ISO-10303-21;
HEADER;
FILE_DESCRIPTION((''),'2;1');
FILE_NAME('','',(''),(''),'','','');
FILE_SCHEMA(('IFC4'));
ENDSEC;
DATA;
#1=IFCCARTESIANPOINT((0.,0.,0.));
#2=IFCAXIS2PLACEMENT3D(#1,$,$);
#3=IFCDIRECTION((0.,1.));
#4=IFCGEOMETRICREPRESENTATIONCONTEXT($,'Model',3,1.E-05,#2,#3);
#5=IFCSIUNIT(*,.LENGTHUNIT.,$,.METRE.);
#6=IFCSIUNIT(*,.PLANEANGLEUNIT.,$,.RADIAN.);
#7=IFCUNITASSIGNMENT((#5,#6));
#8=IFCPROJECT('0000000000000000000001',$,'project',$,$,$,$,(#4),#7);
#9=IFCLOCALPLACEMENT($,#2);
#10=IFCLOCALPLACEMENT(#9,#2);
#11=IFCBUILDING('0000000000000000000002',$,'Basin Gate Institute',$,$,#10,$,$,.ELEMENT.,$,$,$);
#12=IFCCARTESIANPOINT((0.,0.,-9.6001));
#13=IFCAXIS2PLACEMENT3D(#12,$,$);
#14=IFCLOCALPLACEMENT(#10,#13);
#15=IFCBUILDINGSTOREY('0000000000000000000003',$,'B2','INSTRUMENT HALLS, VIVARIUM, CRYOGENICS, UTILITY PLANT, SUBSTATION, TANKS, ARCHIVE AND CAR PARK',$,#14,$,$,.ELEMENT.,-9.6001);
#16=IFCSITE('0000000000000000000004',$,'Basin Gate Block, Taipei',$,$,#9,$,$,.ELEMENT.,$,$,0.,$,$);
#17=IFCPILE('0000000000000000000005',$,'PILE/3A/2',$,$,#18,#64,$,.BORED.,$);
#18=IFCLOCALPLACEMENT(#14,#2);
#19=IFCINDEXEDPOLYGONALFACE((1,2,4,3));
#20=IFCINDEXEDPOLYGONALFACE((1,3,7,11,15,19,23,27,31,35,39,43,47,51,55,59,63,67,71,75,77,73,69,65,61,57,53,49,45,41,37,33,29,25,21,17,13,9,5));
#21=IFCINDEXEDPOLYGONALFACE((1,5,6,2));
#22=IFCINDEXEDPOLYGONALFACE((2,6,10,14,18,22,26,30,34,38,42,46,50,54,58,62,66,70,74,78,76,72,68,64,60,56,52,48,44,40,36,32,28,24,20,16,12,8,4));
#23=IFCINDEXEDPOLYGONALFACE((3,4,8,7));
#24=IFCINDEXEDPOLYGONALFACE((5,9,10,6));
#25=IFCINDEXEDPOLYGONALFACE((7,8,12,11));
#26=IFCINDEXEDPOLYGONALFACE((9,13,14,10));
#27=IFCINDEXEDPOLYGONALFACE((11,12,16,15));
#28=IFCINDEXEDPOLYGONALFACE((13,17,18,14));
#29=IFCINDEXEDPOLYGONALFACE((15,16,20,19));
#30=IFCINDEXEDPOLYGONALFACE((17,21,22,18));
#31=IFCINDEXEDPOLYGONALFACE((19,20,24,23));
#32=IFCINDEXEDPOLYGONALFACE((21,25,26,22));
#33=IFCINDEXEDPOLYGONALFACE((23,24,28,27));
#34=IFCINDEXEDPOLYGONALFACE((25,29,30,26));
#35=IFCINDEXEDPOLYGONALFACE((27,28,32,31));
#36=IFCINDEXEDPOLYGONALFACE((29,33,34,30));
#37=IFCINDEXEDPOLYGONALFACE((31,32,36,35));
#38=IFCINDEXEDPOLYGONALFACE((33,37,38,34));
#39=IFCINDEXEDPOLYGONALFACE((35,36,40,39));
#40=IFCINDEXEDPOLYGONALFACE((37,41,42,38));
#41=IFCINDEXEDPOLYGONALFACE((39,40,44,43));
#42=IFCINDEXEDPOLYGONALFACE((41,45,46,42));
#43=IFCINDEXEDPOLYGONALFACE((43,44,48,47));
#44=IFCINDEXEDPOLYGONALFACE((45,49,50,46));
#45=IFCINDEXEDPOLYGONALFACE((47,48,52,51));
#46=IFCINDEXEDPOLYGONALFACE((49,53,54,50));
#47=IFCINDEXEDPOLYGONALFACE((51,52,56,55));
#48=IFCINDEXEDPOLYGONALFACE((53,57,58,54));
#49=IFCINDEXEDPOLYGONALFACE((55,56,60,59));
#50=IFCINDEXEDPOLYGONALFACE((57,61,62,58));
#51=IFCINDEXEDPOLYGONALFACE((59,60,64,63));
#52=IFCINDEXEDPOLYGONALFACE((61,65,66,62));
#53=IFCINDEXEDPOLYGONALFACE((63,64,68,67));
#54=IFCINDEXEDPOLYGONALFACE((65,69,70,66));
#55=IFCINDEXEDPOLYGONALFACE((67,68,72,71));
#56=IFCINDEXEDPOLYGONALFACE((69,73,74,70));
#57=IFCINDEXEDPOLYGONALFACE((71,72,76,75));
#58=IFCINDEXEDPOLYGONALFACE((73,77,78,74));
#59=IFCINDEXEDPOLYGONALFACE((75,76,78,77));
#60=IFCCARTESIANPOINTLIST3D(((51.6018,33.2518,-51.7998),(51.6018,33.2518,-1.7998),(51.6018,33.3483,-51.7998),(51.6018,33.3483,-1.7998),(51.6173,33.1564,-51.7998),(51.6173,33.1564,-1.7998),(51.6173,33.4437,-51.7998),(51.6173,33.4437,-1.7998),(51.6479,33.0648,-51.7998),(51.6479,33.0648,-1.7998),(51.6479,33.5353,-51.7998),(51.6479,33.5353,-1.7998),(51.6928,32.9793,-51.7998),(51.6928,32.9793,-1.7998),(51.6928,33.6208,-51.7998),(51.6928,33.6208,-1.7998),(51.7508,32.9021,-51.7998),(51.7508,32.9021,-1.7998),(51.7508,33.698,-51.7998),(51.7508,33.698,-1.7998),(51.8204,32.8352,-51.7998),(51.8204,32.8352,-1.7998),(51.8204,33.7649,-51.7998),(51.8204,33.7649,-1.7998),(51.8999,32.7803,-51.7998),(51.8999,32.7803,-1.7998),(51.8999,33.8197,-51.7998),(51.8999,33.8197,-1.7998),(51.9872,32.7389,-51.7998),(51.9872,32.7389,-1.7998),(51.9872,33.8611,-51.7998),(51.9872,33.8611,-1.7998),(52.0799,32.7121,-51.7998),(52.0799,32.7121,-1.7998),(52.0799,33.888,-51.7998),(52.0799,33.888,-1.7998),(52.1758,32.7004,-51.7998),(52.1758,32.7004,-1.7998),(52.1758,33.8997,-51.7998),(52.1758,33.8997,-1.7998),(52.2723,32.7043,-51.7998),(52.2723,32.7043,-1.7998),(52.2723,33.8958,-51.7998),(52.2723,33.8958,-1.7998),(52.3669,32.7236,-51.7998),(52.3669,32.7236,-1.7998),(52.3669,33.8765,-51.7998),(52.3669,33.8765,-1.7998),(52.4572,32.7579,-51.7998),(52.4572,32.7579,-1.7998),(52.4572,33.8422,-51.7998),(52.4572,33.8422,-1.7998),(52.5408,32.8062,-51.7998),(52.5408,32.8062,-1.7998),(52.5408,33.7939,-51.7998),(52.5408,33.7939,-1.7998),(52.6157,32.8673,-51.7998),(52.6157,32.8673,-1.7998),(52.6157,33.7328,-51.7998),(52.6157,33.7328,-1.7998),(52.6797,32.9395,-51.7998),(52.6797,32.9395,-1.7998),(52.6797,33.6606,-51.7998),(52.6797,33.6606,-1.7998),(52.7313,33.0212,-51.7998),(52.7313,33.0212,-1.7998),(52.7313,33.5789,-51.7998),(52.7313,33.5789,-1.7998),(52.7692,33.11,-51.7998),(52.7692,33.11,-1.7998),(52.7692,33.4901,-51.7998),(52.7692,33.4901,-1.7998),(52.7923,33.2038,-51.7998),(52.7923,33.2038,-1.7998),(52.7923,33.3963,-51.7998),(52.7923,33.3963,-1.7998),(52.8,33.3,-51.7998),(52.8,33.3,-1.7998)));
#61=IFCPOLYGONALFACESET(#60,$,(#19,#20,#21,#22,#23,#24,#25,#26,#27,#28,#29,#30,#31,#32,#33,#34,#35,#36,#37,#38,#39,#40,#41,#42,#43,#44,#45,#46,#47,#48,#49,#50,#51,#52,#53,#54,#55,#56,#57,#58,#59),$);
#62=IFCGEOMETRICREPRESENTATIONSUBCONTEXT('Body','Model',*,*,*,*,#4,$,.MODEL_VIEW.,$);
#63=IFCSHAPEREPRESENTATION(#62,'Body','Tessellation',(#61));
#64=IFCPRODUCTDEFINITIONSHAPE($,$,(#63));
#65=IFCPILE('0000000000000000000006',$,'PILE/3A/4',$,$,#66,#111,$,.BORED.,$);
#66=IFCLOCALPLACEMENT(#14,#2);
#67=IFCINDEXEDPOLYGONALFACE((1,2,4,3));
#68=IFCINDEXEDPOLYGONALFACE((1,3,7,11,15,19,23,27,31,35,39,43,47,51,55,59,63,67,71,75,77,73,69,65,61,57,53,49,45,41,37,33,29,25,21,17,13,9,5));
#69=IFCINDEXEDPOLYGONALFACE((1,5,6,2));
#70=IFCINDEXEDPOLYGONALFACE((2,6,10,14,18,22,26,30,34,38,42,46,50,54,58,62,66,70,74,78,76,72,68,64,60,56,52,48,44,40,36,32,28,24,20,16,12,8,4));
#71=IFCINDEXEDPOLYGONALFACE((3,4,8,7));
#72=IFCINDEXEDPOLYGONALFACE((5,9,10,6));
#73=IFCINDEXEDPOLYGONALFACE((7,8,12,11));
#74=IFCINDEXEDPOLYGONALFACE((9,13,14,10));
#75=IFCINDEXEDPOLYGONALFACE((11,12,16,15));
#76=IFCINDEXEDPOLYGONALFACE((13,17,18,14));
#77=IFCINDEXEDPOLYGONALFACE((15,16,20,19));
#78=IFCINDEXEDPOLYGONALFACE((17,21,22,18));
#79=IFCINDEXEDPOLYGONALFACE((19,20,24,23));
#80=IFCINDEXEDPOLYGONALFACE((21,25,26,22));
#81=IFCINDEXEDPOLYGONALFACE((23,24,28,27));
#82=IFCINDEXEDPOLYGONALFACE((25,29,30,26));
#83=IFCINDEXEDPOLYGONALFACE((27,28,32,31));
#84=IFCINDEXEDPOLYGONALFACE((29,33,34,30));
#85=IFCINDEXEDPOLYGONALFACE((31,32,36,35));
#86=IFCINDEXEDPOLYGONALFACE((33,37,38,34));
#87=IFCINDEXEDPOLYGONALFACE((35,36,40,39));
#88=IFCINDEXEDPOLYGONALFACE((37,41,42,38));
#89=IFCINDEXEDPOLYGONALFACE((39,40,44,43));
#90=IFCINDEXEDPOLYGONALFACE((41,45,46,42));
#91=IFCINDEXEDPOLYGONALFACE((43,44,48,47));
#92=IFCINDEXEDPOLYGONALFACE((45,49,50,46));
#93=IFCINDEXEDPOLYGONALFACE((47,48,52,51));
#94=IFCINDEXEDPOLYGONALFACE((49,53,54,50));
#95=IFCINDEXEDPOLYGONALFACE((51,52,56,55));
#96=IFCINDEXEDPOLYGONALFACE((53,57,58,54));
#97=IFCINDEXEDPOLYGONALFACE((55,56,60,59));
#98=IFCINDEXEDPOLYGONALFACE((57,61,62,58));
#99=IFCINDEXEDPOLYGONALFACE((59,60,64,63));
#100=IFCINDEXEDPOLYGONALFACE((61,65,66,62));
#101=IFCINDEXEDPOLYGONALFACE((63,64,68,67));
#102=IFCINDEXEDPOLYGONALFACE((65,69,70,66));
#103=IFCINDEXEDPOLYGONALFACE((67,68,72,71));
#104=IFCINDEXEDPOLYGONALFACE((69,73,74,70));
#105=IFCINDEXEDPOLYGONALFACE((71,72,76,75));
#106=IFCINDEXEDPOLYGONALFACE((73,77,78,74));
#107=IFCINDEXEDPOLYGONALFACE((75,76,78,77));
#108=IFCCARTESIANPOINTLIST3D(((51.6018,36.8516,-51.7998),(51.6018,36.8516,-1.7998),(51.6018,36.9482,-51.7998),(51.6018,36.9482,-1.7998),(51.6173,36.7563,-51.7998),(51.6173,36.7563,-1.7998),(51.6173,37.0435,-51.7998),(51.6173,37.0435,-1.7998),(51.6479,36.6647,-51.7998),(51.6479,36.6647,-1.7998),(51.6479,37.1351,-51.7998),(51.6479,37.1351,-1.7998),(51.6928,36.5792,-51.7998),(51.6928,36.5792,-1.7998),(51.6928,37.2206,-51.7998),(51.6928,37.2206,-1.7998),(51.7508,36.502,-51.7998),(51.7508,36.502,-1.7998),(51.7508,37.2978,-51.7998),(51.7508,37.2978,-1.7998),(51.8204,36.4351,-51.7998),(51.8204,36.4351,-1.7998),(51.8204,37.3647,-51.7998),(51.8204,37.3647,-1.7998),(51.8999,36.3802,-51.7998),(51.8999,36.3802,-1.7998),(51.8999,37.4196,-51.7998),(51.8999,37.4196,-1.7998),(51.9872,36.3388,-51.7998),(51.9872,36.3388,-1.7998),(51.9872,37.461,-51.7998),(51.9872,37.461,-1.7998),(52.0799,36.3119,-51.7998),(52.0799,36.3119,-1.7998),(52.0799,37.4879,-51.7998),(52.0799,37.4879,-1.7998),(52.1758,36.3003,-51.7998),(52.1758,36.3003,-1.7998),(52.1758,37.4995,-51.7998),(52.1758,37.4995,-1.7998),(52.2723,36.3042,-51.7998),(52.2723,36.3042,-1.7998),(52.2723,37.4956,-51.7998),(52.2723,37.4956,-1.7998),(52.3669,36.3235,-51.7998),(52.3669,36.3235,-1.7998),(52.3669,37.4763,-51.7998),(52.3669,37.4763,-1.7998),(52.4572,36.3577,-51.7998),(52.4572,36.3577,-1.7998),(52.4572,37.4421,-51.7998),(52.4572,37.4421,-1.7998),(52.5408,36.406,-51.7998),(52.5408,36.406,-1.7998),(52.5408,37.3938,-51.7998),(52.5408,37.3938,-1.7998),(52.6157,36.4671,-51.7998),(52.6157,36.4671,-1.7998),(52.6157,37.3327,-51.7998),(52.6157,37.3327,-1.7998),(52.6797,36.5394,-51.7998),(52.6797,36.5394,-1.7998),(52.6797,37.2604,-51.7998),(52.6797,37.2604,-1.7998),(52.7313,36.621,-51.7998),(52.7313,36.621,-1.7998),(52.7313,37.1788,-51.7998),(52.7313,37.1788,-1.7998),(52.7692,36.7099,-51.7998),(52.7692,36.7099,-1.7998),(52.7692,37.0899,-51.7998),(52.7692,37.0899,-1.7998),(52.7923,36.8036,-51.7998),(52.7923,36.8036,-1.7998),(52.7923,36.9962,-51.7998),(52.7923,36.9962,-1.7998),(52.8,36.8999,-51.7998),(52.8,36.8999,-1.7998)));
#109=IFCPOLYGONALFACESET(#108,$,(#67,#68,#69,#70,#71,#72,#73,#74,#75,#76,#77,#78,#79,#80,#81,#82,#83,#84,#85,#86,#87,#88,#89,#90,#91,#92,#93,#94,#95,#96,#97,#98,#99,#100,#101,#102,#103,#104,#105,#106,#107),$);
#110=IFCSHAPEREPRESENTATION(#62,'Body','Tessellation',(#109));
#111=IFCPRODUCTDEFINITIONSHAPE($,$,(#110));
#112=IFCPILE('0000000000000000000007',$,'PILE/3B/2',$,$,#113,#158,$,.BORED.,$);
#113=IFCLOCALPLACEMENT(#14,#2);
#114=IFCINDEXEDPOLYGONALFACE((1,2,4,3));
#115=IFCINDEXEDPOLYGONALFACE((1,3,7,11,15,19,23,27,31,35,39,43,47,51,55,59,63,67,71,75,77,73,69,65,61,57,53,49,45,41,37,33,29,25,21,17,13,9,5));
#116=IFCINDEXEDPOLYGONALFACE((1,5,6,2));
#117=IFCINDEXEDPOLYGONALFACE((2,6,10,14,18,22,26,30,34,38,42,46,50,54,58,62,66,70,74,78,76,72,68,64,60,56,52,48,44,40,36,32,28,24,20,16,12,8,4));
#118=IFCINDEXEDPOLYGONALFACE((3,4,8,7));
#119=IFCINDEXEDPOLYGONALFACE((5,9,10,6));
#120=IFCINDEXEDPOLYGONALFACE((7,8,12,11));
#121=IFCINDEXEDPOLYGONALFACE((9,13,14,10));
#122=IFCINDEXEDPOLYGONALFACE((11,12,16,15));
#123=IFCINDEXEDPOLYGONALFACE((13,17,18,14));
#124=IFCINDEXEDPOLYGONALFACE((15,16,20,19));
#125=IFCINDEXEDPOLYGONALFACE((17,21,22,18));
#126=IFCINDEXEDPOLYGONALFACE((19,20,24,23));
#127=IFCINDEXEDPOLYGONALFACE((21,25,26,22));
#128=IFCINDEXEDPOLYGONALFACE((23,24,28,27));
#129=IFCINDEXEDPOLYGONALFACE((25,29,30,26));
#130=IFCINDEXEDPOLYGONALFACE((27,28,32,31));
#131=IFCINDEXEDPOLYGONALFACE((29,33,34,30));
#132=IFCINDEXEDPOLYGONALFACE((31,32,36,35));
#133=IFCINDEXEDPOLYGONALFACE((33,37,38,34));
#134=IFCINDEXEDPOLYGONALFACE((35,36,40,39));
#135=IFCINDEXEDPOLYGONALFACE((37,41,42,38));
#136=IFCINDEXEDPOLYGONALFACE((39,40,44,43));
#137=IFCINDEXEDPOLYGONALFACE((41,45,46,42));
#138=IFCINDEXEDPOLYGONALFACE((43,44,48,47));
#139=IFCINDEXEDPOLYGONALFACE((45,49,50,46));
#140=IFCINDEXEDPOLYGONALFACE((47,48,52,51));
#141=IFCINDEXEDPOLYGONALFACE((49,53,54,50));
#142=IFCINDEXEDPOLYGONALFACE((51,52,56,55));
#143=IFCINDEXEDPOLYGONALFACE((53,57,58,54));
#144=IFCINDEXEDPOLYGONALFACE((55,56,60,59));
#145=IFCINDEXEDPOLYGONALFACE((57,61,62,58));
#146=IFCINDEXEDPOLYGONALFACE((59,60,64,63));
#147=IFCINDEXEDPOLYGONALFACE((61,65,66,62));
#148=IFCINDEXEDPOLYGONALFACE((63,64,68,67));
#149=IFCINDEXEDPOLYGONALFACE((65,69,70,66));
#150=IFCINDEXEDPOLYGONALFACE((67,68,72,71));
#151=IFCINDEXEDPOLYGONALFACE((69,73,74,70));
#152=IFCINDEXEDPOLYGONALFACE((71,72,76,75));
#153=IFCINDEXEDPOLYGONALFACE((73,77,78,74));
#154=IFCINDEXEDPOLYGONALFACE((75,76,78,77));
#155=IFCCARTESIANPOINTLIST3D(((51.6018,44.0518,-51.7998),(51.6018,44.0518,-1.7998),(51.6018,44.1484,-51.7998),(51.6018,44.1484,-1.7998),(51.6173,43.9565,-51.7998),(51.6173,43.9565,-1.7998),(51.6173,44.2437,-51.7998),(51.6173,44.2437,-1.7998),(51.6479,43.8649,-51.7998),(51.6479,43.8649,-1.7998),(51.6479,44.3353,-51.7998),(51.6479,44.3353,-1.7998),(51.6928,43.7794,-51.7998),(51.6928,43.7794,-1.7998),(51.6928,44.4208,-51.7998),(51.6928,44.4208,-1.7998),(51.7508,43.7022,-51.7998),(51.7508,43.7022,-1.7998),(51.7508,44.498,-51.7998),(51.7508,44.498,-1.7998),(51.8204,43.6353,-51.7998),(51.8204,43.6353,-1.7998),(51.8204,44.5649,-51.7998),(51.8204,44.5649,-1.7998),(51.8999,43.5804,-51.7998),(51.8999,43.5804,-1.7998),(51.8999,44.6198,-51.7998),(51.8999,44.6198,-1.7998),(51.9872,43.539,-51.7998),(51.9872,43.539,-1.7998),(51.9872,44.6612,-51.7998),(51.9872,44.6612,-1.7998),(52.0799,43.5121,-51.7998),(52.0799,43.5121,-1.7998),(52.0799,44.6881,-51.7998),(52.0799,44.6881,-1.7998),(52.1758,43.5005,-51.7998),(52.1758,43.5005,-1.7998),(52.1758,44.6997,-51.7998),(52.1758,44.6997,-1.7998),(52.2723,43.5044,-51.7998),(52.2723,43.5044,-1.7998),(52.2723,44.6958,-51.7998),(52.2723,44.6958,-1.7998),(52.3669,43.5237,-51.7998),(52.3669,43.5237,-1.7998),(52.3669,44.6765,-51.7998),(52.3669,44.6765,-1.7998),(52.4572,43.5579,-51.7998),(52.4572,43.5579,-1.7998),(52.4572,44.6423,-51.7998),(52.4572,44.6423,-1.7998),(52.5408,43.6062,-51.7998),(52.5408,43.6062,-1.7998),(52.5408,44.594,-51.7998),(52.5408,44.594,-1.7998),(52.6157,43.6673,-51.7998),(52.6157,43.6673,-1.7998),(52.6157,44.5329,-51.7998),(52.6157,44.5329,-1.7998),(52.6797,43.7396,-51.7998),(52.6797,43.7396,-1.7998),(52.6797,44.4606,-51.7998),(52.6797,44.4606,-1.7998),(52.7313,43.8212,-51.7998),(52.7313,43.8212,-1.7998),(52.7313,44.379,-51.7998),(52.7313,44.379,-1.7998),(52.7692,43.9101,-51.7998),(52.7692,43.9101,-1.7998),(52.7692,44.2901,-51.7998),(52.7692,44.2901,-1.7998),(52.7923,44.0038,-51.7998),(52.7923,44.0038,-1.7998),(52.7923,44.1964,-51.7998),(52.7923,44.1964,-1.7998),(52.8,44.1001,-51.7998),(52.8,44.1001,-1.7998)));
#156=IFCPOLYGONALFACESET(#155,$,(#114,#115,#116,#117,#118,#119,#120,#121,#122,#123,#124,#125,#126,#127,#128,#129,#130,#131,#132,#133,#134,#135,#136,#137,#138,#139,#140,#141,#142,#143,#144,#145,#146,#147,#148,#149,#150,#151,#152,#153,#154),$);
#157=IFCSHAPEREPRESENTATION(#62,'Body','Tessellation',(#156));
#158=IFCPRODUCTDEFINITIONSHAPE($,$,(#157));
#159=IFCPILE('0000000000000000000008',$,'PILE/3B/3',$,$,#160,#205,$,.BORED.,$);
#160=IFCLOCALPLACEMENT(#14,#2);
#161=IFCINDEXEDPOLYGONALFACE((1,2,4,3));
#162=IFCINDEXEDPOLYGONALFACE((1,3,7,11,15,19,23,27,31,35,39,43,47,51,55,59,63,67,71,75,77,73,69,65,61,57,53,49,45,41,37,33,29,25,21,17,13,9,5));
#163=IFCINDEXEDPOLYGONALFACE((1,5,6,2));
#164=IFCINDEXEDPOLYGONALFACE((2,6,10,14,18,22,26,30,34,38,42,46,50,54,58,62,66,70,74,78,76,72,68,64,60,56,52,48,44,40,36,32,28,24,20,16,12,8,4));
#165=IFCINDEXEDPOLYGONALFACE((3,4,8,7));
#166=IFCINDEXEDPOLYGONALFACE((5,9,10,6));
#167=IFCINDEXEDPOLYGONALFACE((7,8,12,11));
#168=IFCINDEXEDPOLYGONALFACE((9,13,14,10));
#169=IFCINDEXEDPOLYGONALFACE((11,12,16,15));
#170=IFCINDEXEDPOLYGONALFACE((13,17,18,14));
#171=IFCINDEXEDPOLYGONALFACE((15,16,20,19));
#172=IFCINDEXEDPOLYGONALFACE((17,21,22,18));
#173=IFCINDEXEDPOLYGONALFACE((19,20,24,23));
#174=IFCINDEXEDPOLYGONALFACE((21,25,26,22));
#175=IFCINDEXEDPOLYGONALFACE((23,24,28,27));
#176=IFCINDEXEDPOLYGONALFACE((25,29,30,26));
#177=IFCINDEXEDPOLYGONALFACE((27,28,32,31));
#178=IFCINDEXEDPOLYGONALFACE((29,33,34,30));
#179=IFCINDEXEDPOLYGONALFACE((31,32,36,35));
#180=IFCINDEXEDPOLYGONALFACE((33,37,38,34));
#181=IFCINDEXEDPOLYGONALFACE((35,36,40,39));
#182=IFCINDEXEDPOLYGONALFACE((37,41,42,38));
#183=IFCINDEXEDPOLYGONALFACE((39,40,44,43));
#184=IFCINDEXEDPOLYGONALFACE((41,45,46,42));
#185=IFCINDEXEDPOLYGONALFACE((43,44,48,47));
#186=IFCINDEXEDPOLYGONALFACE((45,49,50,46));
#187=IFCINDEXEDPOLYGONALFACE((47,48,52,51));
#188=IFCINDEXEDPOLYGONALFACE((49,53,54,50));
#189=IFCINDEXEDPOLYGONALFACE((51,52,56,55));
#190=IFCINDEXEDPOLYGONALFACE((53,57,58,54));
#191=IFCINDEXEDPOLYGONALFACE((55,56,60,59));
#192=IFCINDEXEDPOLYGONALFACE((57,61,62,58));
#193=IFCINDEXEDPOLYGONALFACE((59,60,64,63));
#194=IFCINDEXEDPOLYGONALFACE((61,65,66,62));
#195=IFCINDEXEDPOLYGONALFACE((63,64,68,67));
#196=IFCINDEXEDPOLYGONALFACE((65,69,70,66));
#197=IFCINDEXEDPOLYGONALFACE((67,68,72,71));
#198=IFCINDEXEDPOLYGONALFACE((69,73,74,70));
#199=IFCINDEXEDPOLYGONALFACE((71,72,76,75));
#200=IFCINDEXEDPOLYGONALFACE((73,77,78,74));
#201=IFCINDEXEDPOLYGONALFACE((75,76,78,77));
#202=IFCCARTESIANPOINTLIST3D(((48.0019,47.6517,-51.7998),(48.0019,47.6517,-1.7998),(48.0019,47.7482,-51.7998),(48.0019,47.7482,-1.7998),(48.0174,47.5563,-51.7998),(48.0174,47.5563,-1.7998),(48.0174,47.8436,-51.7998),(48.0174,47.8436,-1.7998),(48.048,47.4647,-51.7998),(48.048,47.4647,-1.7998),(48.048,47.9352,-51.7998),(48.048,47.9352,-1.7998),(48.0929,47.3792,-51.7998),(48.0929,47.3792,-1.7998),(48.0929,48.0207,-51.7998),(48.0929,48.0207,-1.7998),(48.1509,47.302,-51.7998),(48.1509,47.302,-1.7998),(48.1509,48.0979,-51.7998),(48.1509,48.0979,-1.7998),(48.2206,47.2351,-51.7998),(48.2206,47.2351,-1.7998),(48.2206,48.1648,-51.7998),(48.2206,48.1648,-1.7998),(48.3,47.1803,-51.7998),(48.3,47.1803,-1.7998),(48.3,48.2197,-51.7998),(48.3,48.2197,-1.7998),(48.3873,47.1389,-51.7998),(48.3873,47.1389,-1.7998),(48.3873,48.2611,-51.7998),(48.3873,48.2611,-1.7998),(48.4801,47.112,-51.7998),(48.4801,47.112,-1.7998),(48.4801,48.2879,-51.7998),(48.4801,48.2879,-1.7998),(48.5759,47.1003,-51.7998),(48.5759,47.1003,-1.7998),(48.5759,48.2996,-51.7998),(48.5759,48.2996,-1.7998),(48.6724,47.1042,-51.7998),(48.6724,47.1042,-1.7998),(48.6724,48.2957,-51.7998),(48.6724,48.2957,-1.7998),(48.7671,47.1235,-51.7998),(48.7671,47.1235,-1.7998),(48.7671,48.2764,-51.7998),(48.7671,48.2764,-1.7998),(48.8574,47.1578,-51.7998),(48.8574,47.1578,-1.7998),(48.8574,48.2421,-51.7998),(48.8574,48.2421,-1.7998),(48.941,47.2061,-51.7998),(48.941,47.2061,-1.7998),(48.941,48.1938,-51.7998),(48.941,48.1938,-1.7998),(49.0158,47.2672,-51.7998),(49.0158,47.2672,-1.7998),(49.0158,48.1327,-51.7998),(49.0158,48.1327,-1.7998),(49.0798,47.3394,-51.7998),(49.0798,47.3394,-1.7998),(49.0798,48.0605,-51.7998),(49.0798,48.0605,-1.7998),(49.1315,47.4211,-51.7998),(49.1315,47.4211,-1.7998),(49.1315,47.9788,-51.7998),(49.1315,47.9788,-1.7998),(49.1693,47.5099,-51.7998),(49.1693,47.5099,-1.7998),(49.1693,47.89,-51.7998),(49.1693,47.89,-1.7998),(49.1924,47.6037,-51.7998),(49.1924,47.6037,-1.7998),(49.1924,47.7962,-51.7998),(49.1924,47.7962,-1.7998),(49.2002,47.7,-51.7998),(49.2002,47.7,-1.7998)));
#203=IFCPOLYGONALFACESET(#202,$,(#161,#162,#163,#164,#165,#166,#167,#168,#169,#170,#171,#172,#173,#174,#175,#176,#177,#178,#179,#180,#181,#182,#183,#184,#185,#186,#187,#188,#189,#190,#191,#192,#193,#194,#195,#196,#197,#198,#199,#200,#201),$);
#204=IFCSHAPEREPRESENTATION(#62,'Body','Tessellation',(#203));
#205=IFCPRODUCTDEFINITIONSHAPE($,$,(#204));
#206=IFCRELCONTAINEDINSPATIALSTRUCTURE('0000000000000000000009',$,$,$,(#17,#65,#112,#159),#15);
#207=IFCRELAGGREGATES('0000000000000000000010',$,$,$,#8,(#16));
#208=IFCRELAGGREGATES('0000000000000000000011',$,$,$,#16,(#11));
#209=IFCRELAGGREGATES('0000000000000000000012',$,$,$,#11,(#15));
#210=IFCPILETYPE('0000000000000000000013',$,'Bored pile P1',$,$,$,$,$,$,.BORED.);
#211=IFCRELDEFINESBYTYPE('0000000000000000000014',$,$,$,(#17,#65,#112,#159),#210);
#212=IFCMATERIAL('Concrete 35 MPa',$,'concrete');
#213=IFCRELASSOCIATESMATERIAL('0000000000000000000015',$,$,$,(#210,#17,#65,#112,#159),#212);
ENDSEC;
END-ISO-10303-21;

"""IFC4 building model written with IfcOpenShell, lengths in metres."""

from ifc_helpers import new_model, si_unit, direction, frame, origin, origin_2d, place, context, subcontext, project, spatial, circle, extrude, material, material_profile, profile_set, type_object, element, save


model = new_model("IFC4")

# Units and contexts
model_context = context("Model", 3, precision=1e-05, world=origin(), true_north=direction((0.0, 1.0)))
body_context = subcontext(model_context, "Body", "Model", "MODEL_VIEW")
ifc_project = project(units=[si_unit("LENGTHUNIT", "METRE"), si_unit("PLANEANGLEUNIT", "RADIAN")], contexts=[model_context])

# Site, building, storey
site_placement = place(None, origin())
site = spatial("IfcSite", under=ifc_project, at=site_placement, Name="Basin Gate Block, Taipei", CompositionType="ELEMENT", RefElevation=0.0)
building_placement = place(site_placement, origin())
building = spatial("IfcBuilding", under=site, at=building_placement, Name="Basin Gate Institute", CompositionType="ELEMENT")
storey_placement = place(building_placement, frame((0.0, 0.0, -9.6001)))
storey = spatial("IfcBuildingStorey", under=building, at=storey_placement, Name="B2", Description="INSTRUMENT HALLS, VIVARIUM, CRYOGENICS, UTILITY PLANT, SUBSTATION, TANKS, ARCHIVE AND CAR PARK", CompositionType="ELEMENT", Elevation=-9.6001)

# Piles
ifc_material_1 = material(Name="Concrete 35 MPa", Category="concrete")
ifc_material_profile_1 = material_profile(ifc_material_1, circle(Radius=0.6001, at=origin_2d()), Name="Bored pile P1 1200 dia")
ifc_profile_set_1 = profile_set([ifc_material_profile_1], Name="Concrete 35 MPa")
pile_type = type_object("IfcPileType", Name="Bored pile P1", PredefinedType="BORED", material=ifc_profile_set_1)
for number, where, z_axis, x_axis, name in (
    (1, (52.2, 33.3, -1.7998), (0.0, 0.0, -1.0), (1.0, 0.0, 0.0), "PILE/3A/2"),
    (2, (52.2, 36.8999, -1.7998), (0.0, 0.0, -1.0), (1.0, 0.0, 0.0), "PILE/3A/4"),
    (3, (52.2, 44.1001, -1.7998), (0.0, 0.0, -1.0), (1.0, 0.0, 0.0), "PILE/3B/2"),
    (4, (48.6001, 47.7, -1.7998), (0.0, 0.0, -1.0), (1.0, 0.0, 0.0), "PILE/3B/3"),
):
    element("IfcPile", number, at=place(storey_placement, frame(where, z_axis=z_axis, x_axis=x_axis)), inside=storey, type_object=pile_type, material=ifc_profile_set_1, Name=name, PredefinedType="BORED", context=body_context, shape_type="SweptSolid", body=[
        extrude(circle(Radius=0.6001, at=origin_2d()), origin(), (0.0, 0.0, 1.0), 50.0),
    ])

save(model, "model.ifc")
